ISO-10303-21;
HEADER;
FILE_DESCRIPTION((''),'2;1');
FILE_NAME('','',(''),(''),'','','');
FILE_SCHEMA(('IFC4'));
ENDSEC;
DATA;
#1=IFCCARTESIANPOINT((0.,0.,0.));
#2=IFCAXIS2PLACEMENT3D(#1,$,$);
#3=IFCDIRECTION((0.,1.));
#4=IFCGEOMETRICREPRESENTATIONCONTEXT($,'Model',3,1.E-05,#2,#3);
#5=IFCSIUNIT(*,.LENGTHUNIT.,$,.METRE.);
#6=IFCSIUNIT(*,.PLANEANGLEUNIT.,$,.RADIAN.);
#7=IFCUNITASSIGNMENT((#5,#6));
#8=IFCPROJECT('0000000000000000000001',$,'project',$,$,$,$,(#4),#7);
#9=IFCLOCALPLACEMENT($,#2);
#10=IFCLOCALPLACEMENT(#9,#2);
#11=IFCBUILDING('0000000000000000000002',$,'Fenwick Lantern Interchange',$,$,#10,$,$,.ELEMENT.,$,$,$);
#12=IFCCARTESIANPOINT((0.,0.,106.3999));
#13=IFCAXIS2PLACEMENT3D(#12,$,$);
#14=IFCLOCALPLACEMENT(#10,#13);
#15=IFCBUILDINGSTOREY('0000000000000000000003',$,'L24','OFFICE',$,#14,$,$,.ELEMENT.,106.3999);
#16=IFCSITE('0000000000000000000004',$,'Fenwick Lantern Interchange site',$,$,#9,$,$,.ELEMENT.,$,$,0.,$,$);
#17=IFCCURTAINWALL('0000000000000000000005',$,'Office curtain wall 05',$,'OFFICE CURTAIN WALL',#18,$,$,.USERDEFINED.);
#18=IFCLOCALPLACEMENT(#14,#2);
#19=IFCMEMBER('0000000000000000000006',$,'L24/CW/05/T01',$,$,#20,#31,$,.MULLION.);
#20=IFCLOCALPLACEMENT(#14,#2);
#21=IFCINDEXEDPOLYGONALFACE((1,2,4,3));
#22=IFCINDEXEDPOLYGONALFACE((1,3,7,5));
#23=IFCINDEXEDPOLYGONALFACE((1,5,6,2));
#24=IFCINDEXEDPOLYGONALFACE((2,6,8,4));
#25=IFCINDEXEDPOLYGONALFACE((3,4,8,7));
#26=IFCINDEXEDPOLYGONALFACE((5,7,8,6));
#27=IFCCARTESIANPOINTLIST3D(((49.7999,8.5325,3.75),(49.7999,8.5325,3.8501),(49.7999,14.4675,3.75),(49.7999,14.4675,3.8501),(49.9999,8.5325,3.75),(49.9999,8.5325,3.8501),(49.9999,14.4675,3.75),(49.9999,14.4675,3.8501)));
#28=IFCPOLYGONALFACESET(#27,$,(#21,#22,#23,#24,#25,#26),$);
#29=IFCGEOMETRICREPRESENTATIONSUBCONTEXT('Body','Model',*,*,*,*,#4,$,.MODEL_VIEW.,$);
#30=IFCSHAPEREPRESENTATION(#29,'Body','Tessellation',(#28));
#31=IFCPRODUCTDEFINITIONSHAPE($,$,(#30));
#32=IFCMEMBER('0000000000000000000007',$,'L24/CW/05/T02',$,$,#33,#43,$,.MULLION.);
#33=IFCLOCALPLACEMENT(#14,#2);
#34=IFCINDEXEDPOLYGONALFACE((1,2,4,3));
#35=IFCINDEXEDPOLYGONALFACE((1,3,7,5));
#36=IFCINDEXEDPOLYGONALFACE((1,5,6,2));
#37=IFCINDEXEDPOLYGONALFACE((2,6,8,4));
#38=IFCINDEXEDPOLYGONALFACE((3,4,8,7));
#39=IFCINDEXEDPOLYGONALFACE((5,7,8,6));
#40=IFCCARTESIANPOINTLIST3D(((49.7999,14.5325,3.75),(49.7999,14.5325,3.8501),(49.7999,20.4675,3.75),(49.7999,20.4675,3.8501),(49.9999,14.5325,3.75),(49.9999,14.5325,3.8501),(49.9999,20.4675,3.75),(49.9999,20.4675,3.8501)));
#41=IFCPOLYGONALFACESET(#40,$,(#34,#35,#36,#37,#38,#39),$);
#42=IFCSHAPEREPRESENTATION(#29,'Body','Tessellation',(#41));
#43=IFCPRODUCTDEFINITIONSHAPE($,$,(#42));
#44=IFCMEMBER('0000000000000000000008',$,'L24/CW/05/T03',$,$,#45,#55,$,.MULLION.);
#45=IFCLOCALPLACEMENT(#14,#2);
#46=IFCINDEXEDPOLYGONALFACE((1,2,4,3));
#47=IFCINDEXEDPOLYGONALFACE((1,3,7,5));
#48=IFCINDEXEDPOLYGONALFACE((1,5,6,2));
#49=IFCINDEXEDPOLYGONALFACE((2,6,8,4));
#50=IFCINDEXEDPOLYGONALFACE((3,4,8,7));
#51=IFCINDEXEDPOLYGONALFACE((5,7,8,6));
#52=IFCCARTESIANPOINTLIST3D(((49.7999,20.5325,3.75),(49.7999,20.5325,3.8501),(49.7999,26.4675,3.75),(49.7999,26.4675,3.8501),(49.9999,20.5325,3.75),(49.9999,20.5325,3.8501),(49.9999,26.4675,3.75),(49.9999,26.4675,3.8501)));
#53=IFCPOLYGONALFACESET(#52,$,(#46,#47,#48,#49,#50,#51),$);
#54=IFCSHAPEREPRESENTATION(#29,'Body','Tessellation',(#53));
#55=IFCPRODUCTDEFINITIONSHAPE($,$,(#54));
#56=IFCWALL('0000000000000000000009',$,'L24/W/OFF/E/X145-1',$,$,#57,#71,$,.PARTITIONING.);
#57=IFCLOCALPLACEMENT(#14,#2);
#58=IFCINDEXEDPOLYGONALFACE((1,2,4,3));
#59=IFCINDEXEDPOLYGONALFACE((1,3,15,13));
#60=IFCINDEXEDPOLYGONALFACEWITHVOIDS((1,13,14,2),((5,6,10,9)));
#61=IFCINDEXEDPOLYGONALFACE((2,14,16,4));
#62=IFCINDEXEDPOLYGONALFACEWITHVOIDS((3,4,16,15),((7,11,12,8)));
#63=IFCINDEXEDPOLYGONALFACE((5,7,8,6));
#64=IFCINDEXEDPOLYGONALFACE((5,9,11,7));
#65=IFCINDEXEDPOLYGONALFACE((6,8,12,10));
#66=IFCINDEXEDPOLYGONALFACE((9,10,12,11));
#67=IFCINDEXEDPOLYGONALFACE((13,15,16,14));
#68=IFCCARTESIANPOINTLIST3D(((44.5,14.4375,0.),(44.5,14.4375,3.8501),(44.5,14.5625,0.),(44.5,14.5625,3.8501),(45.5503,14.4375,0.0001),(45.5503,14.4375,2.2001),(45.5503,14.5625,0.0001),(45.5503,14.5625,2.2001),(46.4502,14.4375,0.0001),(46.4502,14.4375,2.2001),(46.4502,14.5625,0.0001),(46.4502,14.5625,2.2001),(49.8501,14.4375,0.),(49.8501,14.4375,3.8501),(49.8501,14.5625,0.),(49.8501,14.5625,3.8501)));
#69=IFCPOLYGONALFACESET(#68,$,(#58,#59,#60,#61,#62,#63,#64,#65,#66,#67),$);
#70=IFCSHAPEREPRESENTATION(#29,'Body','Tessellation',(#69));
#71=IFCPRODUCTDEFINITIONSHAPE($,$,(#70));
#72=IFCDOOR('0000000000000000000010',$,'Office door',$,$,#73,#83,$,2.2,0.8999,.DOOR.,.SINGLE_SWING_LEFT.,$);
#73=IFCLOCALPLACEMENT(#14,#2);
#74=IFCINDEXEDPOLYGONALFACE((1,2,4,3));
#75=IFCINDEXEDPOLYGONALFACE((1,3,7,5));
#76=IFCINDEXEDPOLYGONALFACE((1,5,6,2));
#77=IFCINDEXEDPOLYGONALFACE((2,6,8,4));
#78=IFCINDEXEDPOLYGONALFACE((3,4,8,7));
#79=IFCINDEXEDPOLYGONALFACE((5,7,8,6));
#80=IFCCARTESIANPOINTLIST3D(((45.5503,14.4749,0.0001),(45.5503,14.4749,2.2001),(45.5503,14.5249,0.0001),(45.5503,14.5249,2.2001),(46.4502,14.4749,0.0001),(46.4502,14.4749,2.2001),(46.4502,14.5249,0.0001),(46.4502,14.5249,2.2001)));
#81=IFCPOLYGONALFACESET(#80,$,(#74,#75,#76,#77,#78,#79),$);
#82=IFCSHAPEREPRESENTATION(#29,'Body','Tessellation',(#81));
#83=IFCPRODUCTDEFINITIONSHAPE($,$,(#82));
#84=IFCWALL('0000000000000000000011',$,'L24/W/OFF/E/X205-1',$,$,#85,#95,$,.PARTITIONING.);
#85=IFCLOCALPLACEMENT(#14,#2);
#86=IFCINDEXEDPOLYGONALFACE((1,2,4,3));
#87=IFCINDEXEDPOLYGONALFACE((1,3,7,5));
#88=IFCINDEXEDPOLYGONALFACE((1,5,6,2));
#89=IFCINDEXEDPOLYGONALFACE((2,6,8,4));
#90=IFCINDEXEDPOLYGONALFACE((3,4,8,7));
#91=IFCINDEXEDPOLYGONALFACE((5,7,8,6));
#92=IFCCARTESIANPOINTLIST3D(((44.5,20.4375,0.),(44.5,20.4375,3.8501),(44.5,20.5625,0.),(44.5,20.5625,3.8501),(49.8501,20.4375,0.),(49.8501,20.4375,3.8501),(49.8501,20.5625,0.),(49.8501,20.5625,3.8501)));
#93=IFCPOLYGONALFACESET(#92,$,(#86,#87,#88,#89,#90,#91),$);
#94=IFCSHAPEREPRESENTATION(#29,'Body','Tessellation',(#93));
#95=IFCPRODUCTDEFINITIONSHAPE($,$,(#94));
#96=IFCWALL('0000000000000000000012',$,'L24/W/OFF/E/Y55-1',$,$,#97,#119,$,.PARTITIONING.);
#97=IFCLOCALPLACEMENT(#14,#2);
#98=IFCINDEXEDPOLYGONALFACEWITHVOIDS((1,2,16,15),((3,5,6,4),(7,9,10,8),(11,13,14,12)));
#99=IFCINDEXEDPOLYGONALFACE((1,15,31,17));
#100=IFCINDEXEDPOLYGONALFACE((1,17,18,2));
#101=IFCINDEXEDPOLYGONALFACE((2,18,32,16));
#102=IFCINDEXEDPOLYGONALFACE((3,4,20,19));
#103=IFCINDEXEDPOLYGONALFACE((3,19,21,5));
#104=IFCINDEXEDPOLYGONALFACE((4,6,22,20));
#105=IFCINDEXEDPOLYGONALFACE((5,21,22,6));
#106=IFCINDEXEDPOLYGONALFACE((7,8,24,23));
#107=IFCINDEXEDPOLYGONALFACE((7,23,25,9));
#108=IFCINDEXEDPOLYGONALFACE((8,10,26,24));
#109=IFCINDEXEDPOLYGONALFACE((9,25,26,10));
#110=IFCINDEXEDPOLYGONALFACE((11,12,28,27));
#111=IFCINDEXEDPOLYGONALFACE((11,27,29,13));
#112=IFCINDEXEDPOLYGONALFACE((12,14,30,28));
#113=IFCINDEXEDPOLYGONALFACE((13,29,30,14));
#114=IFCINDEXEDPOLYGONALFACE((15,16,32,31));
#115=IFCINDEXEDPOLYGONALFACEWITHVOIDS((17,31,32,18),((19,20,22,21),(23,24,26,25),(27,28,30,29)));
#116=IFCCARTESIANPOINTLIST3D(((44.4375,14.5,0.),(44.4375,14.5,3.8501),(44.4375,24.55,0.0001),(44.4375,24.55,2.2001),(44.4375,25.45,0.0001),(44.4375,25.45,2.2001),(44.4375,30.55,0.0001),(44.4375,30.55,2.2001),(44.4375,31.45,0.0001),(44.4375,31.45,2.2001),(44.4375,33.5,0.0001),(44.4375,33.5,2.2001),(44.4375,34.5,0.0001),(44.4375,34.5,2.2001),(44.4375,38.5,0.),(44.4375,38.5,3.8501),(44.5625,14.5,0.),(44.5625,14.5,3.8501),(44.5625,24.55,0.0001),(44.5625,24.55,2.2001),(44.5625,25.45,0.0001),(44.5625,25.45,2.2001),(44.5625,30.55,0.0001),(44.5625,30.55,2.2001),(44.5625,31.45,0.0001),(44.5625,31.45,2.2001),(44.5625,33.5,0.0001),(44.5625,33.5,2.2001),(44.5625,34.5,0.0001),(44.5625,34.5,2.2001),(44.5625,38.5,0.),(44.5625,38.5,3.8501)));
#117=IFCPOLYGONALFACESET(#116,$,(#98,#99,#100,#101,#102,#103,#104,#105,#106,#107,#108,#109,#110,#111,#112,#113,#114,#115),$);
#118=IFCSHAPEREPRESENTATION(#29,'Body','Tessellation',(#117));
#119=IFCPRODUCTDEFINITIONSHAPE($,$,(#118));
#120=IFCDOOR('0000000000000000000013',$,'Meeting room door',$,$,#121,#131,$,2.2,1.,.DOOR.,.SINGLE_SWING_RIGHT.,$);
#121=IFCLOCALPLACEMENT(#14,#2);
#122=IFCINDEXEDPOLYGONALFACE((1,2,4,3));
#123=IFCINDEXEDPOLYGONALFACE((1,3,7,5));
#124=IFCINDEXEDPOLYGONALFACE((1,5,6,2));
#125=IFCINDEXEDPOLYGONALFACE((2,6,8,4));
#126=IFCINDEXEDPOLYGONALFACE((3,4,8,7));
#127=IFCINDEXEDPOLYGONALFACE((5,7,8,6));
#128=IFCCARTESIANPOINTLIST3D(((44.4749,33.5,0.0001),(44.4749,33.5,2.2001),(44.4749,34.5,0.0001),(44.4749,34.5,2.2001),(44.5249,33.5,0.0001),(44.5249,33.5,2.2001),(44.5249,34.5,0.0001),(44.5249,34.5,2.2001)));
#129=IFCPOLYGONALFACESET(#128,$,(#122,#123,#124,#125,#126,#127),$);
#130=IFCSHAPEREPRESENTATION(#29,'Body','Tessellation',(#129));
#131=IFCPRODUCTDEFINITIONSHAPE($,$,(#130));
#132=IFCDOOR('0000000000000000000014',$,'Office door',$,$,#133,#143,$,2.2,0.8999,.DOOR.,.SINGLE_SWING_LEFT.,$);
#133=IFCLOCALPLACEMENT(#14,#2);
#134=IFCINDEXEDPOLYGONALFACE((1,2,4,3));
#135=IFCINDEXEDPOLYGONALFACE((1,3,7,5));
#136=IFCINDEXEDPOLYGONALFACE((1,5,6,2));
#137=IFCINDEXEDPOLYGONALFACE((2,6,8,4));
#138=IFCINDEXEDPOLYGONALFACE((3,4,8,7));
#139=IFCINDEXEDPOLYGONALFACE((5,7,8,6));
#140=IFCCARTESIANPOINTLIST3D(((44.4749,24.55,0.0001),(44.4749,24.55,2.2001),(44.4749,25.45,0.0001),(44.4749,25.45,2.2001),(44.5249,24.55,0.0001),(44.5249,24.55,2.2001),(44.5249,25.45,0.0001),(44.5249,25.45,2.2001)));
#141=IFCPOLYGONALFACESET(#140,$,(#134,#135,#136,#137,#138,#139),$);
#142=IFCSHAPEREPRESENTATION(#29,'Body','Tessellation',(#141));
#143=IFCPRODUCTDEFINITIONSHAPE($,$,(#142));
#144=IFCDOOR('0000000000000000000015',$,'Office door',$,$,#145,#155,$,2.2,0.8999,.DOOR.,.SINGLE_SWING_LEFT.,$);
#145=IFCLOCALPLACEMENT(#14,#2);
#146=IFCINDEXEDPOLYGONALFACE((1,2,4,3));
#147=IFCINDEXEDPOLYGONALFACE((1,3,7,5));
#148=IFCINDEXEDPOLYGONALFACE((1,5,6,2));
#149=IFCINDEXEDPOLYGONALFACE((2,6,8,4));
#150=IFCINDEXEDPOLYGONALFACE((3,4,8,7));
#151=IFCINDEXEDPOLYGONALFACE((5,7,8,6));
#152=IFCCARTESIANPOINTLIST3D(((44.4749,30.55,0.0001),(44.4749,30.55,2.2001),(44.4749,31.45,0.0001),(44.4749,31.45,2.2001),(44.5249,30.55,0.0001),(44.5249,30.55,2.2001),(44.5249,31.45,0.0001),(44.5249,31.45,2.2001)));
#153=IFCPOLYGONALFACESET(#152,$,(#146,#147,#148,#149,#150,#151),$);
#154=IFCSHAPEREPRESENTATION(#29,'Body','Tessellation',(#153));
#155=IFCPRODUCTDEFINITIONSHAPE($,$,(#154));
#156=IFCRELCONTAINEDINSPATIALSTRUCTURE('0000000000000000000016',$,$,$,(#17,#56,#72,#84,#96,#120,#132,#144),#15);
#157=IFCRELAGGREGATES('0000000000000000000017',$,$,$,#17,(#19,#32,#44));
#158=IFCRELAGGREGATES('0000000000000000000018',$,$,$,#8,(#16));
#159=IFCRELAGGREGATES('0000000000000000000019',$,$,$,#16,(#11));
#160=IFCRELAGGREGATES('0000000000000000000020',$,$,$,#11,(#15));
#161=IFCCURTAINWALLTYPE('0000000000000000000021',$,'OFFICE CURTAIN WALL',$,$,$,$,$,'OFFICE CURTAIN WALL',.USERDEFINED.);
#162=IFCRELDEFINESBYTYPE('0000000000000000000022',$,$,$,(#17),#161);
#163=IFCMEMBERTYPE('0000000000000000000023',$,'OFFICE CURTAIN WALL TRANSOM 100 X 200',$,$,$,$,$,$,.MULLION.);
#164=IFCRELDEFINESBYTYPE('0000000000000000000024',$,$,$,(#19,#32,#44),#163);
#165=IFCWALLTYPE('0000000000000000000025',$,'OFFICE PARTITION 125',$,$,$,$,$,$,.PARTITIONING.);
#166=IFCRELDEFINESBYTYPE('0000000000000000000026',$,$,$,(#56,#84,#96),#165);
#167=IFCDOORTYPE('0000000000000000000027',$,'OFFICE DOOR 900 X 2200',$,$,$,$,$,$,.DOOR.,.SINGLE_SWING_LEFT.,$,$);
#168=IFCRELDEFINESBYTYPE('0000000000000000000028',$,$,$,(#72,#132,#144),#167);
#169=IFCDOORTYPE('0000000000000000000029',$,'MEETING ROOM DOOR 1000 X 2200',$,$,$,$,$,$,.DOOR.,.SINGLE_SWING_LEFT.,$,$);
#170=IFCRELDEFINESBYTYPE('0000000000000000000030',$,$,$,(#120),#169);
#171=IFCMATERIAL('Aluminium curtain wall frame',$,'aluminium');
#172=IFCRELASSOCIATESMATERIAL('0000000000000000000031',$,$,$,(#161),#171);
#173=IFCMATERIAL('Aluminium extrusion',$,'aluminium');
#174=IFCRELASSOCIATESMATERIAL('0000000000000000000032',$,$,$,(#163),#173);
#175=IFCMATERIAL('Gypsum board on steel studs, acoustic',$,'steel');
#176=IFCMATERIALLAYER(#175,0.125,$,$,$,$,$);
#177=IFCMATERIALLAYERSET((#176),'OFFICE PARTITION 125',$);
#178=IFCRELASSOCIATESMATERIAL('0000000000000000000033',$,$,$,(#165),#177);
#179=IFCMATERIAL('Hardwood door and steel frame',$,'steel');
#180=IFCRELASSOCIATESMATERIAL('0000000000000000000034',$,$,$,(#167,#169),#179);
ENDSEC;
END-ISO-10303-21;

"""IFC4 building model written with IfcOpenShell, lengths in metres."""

from ifc_helpers import new_model, si_unit, direction, frame, frame_2d, origin, origin_2d, place, context, subcontext, project, spatial, rectangle, extrude, material, layer, layer_set, material_profile, profile_set, type_object, element, fill, aggregate, save


model = new_model("IFC4")

# Units and contexts
model_context = context("Model", 3, precision=1e-05, world=origin(), true_north=direction((0.0, 1.0)))
body_context = subcontext(model_context, "Body", "Model", "MODEL_VIEW")
ifc_project = project(units=[si_unit("LENGTHUNIT", "METRE"), si_unit("PLANEANGLEUNIT", "RADIAN")], contexts=[model_context])

# Site, building, storey
site_placement = place(None, origin())
site = spatial("IfcSite", under=ifc_project, at=site_placement, Name="Fenwick Lantern Interchange site", CompositionType="ELEMENT", RefElevation=0.0)
building_placement = place(site_placement, origin())
building = spatial("IfcBuilding", under=site, at=building_placement, Name="Fenwick Lantern Interchange", CompositionType="ELEMENT")
storey_placement = place(building_placement, frame((0.0, 0.0, 106.3999)))
storey = spatial("IfcBuildingStorey", under=building, at=storey_placement, Name="L24", Description="OFFICE", CompositionType="ELEMENT", Elevation=106.3999)

# Curtain wall, members
ifc_material_1 = material(Name="Aluminium curtain wall frame", Category="aluminium")
curtain_wall_type = type_object("IfcCurtainWallType", Name="OFFICE CURTAIN WALL", ElementType="OFFICE CURTAIN WALL", PredefinedType="USERDEFINED", material=ifc_material_1)
curtain_wall_placement = place(storey_placement, origin())
curtain_wall = element("IfcCurtainWall", 1, at=curtain_wall_placement, inside=storey, type_object=curtain_wall_type, Name="Office curtain wall 05", ObjectType="OFFICE CURTAIN WALL", PredefinedType="USERDEFINED")
ifc_material_2 = material(Name="Aluminium extrusion", Category="aluminium")
ifc_material_profile_1 = material_profile(ifc_material_2, rectangle(XDim=0.2, YDim=0.1001, at=origin_2d()), Name="OFFICE CURTAIN WALL TRANSOM 100 X 200")
ifc_profile_set_1 = profile_set([ifc_material_profile_1], Name="Aluminium extrusion")
member_type_1 = type_object("IfcMemberType", Name="OFFICE CURTAIN WALL TRANSOM 100 X 200", PredefinedType="MULLION", material=ifc_profile_set_1)
member_1_placement = place(storey_placement, frame((49.8999, 8.5325, 3.8), z_axis=(0.0, 1.0, 0.0), x_axis=(-1.0, 0.0, 0.0)))
member_1 = element("IfcMember", 2, at=member_1_placement, type_object=member_type_1, Name="L24/CW/05/T01", PredefinedType="MULLION", context=body_context, shape_type="SweptSolid", body=[
    extrude(rectangle(XDim=0.2, YDim=0.1001, at=origin_2d()), origin(), (0.0, 0.0, 1.0), 5.9351),
])
member_2_placement = place(storey_placement, frame((49.8999, 14.5325, 3.8), z_axis=(0.0, 1.0, 0.0), x_axis=(-1.0, 0.0, 0.0)))
member_2 = element("IfcMember", 3, at=member_2_placement, type_object=member_type_1, Name="L24/CW/05/T02", PredefinedType="MULLION", context=body_context, shape_type="SweptSolid", body=[
    extrude(rectangle(XDim=0.2, YDim=0.1001, at=origin_2d()), origin(), (0.0, 0.0, 1.0), 5.9351),
])
member_3_placement = place(storey_placement, frame((49.8999, 20.5325, 3.8), z_axis=(0.0, 1.0, 0.0), x_axis=(-1.0, 0.0, 0.0)))
member_3 = element("IfcMember", 4, at=member_3_placement, type_object=member_type_1, Name="L24/CW/05/T03", PredefinedType="MULLION", context=body_context, shape_type="SweptSolid", body=[
    extrude(rectangle(XDim=0.2, YDim=0.1001, at=origin_2d()), origin(), (0.0, 0.0, 1.0), 5.9351),
])
aggregate(curtain_wall, [member_1, member_2, member_3])

# Wall, opening, door
ifc_material_3 = material(Name="Gypsum board on steel studs, acoustic", Category="steel")
ifc_layer_1 = layer(ifc_material_3, 0.125)
ifc_layer_set_1 = layer_set([ifc_layer_1], Name="OFFICE PARTITION 125")
wall_type = type_object("IfcWallType", Name="OFFICE PARTITION 125", PredefinedType="PARTITIONING", material=ifc_layer_set_1)
wall_1_placement = place(storey_placement, frame((49.8501, 14.5, 0.0), z_axis=(0.0, 0.0, 1.0), x_axis=(-1.0, 0.0, 0.0)))
wall_1 = element("IfcWall", 5, at=wall_1_placement, inside=storey, type_object=wall_type, Name="L24/W/OFF/E/X145-1", PredefinedType="PARTITIONING", context=body_context, shape_type="SweptSolid", body=[
    extrude(rectangle(XDim=5.3501, YDim=0.125, at=frame_2d((2.675, 0.0))), origin(), (0.0, 0.0, 1.0), 3.8501),
])
opening_1_placement = place(wall_1_placement, frame((3.3999, 0.0, 0.0)))
opening_1 = element("IfcOpeningElement", 6, at=opening_1_placement, cuts=wall_1, PredefinedType="OPENING", context=body_context, shape_type="SweptSolid", body=[
    extrude(rectangle(XDim=0.8999, YDim=2.2, at=frame_2d((0.45, 1.1001))), frame((0.0, 0.0725, 0.0), z_axis=(0.0, -1.0, 0.0), x_axis=(1.0, 0.0, 0.0)), (0.0, 0.0, 1.0), 0.145),
])
ifc_material_4 = material(Name="Hardwood door and steel frame", Category="steel")
door_type_1 = type_object("IfcDoorType", Name="OFFICE DOOR 900 X 2200", OperationType="SINGLE_SWING_LEFT", PredefinedType="DOOR", material=ifc_material_4)
door_1_placement = place(opening_1_placement, frame((0.8999, 0.0, 0.0), z_axis=(0.0, 0.0, 1.0), x_axis=(-1.0, 0.0, 0.0)))
door_1 = element("IfcDoor", 7, at=door_1_placement, inside=storey, type_object=door_type_1, Name="Office door", OperationType="SINGLE_SWING_LEFT", OverallHeight=2.2, OverallWidth=0.8999, PredefinedType="DOOR", context=body_context, shape_type="SweptSolid", body=[
    extrude(rectangle(XDim=0.8999, YDim=2.2, at=frame_2d((0.45, 1.1001))), frame((0.0, 0.0249, 0.0), z_axis=(0.0, -1.0, 0.0), x_axis=(1.0, 0.0, 0.0)), (0.0, 0.0, 1.0), 0.05),
])
fill(opening_1, door_1)

# Wall
wall_2_placement = place(storey_placement, frame((49.8501, 20.5, 0.0), z_axis=(0.0, 0.0, 1.0), x_axis=(-1.0, 0.0, 0.0)))
element("IfcWall", 8, at=wall_2_placement, inside=storey, type_object=wall_type, Name="L24/W/OFF/E/X205-1", PredefinedType="PARTITIONING", context=body_context, shape_type="SweptSolid", body=[
    extrude(rectangle(XDim=5.3501, YDim=0.125, at=frame_2d((2.675, 0.0))), origin(), (0.0, 0.0, 1.0), 3.8501),
])

# Wall, openings, doors
wall_3_placement = place(storey_placement, frame((44.5, 14.5, 0.0), z_axis=(0.0, 0.0, 1.0), x_axis=(0.0, 1.0, 0.0)))
wall_3 = element("IfcWall", 9, at=wall_3_placement, inside=storey, type_object=wall_type, Name="L24/W/OFF/E/Y55-1", PredefinedType="PARTITIONING", context=body_context, shape_type="SweptSolid", body=[
    extrude(rectangle(XDim=24.0, YDim=0.125, at=frame_2d((12.0, 0.0))), origin(), (0.0, 0.0, 1.0), 3.8501),
])
opening_2_placement = place(wall_3_placement, frame((10.05, 0.0, 0.0)))
opening_2 = element("IfcOpeningElement", 10, at=opening_2_placement, cuts=wall_3, PredefinedType="OPENING", context=body_context, shape_type="SweptSolid", body=[
    extrude(rectangle(XDim=0.8999, YDim=2.2, at=frame_2d((0.45, 1.1001))), frame((0.0, 0.0725, 0.0), z_axis=(0.0, -1.0, 0.0), x_axis=(1.0, 0.0, 0.0)), (0.0, 0.0, 1.0), 0.145),
])
opening_3_placement = place(wall_3_placement, frame((16.05, 0.0, 0.0)))
opening_3 = element("IfcOpeningElement", 11, at=opening_3_placement, cuts=wall_3, PredefinedType="OPENING", context=body_context, shape_type="SweptSolid", body=[
    extrude(rectangle(XDim=0.8999, YDim=2.2, at=frame_2d((0.45, 1.1001))), frame((0.0, 0.0725, 0.0), z_axis=(0.0, -1.0, 0.0), x_axis=(1.0, 0.0, 0.0)), (0.0, 0.0, 1.0), 0.145),
])
opening_4_placement = place(wall_3_placement, frame((19.0, 0.0, 0.0)))
opening_4 = element("IfcOpeningElement", 12, at=opening_4_placement, cuts=wall_3, PredefinedType="OPENING", context=body_context, shape_type="SweptSolid", body=[
    extrude(rectangle(XDim=1.0, YDim=2.2, at=frame_2d((0.5, 1.1001))), frame((0.0, 0.0725, 0.0), z_axis=(0.0, -1.0, 0.0), x_axis=(1.0, 0.0, 0.0)), (0.0, 0.0, 1.0), 0.145),
])
door_type_2 = type_object("IfcDoorType", Name="MEETING ROOM DOOR 1000 X 2200", OperationType="SINGLE_SWING_LEFT", PredefinedType="DOOR", material=ifc_material_4)
door_2_placement = place(opening_4_placement, frame((1.0, 0.0, 0.0), z_axis=(0.0, 0.0, 1.0), x_axis=(-1.0, 0.0, 0.0)))
door_2 = element("IfcDoor", 13, at=door_2_placement, inside=storey, type_object=door_type_2, Name="Meeting room door", OperationType="SINGLE_SWING_RIGHT", OverallHeight=2.2, OverallWidth=1.0, PredefinedType="DOOR", context=body_context, shape_type="SweptSolid", body=[
    extrude(rectangle(XDim=1.0, YDim=2.2, at=frame_2d((0.5, 1.1001))), frame((0.0, 0.0249, 0.0), z_axis=(0.0, -1.0, 0.0), x_axis=(1.0, 0.0, 0.0)), (0.0, 0.0, 1.0), 0.05),
])
fill(opening_4, door_2)
door_3_placement = place(opening_2_placement, frame((0.8999, 0.0, 0.0), z_axis=(0.0, 0.0, 1.0), x_axis=(-1.0, 0.0, 0.0)))
door_3 = element("IfcDoor", 14, at=door_3_placement, inside=storey, type_object=door_type_1, Name="Office door", OperationType="SINGLE_SWING_LEFT", OverallHeight=2.2, OverallWidth=0.8999, PredefinedType="DOOR", context=body_context, shape_type="SweptSolid", body=[
    extrude(rectangle(XDim=0.8999, YDim=2.2, at=frame_2d((0.45, 1.1001))), frame((0.0, 0.0249, 0.0), z_axis=(0.0, -1.0, 0.0), x_axis=(1.0, 0.0, 0.0)), (0.0, 0.0, 1.0), 0.05),
])
fill(opening_2, door_3)
door_4_placement = place(opening_3_placement, frame((0.8999, 0.0, 0.0), z_axis=(0.0, 0.0, 1.0), x_axis=(-1.0, 0.0, 0.0)))
door_4 = element("IfcDoor", 15, at=door_4_placement, inside=storey, type_object=door_type_1, Name="Office door", OperationType="SINGLE_SWING_LEFT", OverallHeight=2.2, OverallWidth=0.8999, PredefinedType="DOOR", context=body_context, shape_type="SweptSolid", body=[
    extrude(rectangle(XDim=0.8999, YDim=2.2, at=frame_2d((0.45, 1.1001))), frame((0.0, 0.0249, 0.0), z_axis=(0.0, -1.0, 0.0), x_axis=(1.0, 0.0, 0.0)), (0.0, 0.0, 1.0), 0.05),
])
fill(opening_3, door_4)

save(model, "model.ifc")
